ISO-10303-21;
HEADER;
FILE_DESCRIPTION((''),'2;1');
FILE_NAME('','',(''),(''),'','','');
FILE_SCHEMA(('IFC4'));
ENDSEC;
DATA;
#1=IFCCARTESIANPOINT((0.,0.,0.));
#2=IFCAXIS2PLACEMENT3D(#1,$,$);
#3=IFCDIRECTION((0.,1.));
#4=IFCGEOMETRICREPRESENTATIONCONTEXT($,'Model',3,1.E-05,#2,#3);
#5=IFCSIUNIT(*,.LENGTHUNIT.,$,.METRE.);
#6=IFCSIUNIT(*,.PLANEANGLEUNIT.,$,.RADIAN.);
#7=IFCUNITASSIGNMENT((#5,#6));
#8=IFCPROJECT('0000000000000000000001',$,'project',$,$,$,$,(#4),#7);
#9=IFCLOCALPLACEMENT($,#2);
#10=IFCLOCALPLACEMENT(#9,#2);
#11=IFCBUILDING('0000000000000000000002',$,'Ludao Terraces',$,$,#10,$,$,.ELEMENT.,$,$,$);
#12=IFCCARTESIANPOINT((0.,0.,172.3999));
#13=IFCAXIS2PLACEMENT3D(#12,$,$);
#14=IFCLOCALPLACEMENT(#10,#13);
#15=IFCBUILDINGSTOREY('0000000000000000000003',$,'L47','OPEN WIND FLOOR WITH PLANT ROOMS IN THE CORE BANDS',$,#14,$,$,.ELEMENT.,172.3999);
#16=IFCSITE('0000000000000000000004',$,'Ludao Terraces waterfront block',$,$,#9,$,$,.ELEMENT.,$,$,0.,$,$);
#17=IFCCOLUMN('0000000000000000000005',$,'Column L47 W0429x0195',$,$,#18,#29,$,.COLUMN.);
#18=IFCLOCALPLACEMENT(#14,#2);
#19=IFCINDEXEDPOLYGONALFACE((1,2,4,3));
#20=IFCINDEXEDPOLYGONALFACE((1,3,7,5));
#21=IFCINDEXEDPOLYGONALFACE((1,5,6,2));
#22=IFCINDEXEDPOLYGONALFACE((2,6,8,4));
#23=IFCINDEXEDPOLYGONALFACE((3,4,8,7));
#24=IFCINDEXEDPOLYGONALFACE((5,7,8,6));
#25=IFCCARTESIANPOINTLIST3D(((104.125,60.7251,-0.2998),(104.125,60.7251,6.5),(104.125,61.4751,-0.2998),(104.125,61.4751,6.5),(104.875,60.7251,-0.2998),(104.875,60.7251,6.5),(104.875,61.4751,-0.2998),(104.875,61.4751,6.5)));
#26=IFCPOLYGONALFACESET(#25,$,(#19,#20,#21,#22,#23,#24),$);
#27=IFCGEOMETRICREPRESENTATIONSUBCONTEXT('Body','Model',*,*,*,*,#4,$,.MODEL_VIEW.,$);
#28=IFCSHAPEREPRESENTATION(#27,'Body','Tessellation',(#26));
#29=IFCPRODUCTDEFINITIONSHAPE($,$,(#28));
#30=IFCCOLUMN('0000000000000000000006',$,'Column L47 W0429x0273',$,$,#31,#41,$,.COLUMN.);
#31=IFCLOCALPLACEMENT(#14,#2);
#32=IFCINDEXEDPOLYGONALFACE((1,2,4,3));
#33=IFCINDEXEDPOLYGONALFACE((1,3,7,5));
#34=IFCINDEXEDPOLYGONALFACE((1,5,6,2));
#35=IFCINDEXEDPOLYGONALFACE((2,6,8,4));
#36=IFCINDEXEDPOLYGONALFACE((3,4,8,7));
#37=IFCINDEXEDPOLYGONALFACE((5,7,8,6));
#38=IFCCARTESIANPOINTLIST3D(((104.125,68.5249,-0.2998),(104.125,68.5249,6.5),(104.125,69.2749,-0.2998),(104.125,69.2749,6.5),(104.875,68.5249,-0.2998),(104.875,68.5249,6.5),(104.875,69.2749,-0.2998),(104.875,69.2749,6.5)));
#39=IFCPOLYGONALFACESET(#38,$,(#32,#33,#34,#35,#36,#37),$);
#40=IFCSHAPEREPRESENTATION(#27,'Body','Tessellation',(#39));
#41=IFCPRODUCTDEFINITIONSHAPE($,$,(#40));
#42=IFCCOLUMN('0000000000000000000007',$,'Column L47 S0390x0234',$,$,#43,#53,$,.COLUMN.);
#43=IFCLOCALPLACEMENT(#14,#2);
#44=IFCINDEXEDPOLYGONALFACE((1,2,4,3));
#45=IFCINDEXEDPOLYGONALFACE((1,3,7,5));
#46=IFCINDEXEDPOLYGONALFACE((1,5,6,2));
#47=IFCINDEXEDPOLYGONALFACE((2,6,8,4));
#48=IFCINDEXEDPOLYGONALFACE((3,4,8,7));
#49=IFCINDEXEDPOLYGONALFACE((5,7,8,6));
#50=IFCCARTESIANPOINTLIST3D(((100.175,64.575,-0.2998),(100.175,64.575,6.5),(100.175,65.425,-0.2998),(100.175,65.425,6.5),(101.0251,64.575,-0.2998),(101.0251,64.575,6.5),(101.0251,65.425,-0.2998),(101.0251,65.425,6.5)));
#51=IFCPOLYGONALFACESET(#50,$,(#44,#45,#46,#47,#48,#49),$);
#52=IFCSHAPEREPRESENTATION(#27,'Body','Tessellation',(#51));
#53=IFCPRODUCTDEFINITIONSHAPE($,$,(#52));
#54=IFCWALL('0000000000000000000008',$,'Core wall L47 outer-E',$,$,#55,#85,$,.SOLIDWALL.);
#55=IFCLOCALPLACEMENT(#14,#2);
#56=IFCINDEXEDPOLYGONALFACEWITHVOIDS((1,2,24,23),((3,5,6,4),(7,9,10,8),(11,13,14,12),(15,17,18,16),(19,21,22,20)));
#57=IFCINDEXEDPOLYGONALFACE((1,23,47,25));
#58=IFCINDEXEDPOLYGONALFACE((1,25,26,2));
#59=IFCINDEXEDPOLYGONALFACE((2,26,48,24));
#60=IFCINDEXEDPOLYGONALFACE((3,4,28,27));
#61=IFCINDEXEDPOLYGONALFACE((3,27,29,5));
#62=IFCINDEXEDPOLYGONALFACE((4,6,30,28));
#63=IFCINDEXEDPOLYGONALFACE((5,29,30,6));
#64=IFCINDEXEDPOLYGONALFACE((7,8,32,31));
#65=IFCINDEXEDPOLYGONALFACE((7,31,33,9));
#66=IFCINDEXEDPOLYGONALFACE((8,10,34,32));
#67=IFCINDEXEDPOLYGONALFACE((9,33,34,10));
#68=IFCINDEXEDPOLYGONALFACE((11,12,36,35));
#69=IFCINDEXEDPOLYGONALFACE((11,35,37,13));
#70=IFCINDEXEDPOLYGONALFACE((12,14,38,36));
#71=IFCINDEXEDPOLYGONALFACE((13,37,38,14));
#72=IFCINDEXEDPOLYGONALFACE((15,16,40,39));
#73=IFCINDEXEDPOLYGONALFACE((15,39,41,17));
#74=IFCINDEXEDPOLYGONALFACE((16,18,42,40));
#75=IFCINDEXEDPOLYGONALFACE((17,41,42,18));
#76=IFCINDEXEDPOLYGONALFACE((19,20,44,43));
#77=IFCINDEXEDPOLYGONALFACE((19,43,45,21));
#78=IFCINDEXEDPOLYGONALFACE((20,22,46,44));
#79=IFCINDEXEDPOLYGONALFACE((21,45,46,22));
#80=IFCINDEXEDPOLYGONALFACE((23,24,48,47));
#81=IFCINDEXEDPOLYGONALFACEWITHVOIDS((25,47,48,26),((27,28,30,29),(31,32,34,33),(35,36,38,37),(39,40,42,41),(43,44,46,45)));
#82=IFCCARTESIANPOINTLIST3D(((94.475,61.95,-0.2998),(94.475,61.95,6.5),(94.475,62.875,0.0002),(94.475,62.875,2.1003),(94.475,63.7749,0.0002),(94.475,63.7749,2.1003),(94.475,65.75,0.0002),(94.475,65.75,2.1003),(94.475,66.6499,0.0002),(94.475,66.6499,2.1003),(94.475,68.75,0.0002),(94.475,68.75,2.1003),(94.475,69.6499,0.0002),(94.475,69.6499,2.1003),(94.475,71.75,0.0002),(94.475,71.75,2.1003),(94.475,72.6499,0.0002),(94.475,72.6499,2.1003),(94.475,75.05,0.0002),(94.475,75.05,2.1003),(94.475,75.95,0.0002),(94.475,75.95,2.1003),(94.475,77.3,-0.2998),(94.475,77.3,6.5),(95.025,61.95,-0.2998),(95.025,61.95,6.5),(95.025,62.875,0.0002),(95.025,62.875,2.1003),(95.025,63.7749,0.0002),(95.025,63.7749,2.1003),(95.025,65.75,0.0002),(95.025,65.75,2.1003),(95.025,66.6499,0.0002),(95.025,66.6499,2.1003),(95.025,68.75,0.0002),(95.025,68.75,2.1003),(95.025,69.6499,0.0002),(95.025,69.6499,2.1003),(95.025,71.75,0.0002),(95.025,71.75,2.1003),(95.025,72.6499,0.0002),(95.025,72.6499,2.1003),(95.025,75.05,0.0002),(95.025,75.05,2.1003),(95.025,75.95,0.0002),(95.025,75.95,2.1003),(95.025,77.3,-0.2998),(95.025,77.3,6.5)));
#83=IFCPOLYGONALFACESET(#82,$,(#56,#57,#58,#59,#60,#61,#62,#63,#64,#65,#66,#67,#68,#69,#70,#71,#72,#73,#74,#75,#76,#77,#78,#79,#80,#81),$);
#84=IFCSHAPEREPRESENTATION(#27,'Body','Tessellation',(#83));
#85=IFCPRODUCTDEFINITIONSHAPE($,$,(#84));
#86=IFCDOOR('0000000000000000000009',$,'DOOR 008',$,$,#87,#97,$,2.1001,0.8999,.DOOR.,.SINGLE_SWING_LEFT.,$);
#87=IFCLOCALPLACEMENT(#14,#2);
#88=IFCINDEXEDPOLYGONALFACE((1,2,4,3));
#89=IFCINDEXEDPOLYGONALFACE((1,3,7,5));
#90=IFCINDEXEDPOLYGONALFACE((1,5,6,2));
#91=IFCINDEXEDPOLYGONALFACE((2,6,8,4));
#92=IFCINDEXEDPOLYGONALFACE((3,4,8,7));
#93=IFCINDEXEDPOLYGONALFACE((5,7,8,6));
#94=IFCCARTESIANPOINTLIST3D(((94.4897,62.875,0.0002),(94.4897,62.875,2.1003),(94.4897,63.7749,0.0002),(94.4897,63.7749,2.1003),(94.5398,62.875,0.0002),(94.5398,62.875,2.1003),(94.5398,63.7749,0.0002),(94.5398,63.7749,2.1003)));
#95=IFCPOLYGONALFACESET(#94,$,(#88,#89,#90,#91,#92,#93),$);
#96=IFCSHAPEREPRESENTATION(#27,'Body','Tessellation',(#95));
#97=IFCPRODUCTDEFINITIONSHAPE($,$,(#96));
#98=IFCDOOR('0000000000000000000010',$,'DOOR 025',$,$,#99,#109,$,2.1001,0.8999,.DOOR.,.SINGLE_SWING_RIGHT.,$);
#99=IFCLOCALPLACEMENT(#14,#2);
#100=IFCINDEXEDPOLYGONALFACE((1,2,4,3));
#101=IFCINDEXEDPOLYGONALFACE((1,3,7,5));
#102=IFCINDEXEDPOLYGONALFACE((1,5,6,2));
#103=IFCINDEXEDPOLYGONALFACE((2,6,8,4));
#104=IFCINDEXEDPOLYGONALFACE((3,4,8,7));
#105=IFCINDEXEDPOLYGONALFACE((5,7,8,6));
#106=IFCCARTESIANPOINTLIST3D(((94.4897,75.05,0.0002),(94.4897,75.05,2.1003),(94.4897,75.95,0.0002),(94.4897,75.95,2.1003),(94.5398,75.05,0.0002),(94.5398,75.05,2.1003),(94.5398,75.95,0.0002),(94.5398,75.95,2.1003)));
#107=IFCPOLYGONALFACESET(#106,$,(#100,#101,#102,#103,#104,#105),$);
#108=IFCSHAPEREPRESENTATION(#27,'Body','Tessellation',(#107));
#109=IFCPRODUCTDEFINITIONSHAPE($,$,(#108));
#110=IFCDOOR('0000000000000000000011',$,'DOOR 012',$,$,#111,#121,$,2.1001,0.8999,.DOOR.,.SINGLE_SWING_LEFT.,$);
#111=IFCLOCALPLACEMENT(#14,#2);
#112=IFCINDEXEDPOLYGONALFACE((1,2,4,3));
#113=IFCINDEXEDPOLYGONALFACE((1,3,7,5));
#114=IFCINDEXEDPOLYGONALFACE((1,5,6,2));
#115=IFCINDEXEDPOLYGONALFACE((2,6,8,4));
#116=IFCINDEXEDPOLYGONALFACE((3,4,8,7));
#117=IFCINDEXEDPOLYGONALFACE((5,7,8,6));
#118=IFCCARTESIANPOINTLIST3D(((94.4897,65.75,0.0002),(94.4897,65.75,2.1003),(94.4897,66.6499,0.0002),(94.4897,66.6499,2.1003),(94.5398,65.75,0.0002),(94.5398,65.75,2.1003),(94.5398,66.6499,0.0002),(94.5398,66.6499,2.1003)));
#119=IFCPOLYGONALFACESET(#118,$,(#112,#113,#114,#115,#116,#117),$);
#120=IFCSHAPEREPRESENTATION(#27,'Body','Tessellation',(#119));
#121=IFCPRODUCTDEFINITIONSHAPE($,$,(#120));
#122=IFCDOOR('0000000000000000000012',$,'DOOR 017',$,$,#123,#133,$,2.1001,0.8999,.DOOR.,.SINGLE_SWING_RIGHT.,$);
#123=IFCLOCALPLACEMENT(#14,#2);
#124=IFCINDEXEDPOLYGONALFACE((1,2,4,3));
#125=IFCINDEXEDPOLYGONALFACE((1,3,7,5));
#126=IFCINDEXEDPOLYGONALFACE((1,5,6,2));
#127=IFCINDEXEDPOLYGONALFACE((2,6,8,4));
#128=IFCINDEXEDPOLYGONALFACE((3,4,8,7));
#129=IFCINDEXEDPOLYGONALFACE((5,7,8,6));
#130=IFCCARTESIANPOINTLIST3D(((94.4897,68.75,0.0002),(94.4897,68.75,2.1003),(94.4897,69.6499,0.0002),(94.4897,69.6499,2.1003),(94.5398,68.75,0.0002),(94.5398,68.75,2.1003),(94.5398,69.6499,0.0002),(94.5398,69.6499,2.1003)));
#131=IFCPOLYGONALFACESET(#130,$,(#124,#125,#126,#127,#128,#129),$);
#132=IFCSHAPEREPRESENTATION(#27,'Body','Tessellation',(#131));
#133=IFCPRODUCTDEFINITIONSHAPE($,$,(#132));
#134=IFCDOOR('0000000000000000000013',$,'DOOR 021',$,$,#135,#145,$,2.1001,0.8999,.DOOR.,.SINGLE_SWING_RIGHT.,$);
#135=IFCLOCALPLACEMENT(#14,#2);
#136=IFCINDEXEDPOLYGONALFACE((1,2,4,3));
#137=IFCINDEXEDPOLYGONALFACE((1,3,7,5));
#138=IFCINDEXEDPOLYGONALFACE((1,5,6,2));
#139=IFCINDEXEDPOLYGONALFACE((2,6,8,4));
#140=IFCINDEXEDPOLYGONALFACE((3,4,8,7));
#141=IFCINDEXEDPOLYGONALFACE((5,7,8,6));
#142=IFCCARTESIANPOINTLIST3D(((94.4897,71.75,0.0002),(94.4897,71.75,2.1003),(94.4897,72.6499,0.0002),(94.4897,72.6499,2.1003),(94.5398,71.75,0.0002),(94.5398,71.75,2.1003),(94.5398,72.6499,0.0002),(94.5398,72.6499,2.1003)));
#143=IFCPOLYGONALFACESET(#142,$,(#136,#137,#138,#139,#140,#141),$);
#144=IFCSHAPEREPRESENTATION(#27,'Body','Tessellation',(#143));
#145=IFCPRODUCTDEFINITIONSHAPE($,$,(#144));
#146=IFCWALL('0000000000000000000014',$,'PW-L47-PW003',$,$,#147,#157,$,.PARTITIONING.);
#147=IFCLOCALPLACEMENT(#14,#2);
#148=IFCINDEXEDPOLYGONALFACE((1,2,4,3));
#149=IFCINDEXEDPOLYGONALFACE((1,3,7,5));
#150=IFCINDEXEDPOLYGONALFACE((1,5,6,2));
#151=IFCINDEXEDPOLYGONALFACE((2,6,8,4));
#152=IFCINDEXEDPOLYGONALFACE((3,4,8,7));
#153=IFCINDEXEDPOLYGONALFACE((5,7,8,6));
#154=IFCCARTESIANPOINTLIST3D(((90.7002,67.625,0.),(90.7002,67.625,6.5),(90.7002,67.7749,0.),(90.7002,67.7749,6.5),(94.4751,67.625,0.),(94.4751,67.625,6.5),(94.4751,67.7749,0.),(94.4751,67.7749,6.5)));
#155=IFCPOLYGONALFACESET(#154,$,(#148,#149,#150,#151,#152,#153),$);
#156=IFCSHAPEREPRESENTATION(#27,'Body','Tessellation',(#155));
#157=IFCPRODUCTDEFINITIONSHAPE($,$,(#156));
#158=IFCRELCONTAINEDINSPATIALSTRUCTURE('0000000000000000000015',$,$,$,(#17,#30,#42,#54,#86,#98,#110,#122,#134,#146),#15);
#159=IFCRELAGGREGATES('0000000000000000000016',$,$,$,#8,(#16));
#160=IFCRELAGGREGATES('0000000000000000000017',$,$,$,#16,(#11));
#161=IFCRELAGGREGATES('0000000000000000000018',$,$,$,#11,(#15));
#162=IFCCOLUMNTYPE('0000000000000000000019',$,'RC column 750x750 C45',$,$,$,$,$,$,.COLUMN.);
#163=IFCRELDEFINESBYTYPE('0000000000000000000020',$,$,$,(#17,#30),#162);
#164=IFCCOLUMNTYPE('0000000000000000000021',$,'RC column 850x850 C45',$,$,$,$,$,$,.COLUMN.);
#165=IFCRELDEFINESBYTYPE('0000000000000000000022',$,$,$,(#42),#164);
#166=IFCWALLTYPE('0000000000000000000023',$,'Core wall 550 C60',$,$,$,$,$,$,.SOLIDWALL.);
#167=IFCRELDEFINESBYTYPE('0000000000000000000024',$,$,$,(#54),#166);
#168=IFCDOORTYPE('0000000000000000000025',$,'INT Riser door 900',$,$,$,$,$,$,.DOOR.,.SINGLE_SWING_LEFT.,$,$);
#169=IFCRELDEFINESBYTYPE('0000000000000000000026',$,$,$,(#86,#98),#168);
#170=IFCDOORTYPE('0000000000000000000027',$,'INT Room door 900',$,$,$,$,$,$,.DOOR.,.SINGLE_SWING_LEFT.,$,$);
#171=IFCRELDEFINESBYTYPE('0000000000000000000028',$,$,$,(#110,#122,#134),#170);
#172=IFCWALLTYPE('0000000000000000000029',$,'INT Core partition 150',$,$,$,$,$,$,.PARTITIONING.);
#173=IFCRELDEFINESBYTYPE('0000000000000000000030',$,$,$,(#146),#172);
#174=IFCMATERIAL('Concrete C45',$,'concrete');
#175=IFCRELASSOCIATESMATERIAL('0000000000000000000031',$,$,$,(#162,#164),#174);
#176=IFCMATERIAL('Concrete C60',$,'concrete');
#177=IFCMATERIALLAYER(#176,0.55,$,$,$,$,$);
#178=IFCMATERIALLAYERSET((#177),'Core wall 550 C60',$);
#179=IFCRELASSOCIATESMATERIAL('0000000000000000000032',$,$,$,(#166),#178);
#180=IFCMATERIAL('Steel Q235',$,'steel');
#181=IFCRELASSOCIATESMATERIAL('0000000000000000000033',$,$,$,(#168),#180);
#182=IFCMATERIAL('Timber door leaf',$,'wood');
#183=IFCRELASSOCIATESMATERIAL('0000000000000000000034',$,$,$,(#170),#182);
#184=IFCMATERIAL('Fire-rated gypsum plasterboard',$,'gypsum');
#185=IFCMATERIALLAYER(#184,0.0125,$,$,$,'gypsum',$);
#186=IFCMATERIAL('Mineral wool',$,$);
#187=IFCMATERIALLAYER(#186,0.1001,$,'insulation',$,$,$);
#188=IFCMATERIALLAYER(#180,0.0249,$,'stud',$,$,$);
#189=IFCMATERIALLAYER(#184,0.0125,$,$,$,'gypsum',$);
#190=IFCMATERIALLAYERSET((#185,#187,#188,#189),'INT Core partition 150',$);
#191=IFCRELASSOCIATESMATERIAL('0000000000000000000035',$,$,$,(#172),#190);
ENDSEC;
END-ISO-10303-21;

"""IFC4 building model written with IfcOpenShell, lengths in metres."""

from ifc_helpers import new_model, si_unit, direction, frame, frame_2d, origin, origin_2d, place, context, subcontext, project, spatial, rectangle, extrude, material, layer, layer_set, material_profile, profile_set, type_object, element, fill, save


model = new_model("IFC4")

# Units and contexts
model_context = context("Model", 3, precision=1e-05, world=origin(), true_north=direction((0.0, 1.0)))
body_context = subcontext(model_context, "Body", "Model", "MODEL_VIEW")
ifc_project = project(units=[si_unit("LENGTHUNIT", "METRE"), si_unit("PLANEANGLEUNIT", "RADIAN")], contexts=[model_context])

# Site, building, storey
site_placement = place(None, origin())
site = spatial("IfcSite", under=ifc_project, at=site_placement, Name="Ludao Terraces waterfront block", CompositionType="ELEMENT", RefElevation=0.0)
building_placement = place(site_placement, origin())
building = spatial("IfcBuilding", under=site, at=building_placement, Name="Ludao Terraces", CompositionType="ELEMENT")
storey_placement = place(building_placement, frame((0.0, 0.0, 172.3999)))
storey = spatial("IfcBuildingStorey", under=building, at=storey_placement, Name="L47", Description="OPEN WIND FLOOR WITH PLANT ROOMS IN THE CORE BANDS", CompositionType="ELEMENT", Elevation=172.3999)

# Columns
ifc_material_1 = material(Name="Concrete C45", Category="concrete")
ifc_material_profile_1 = material_profile(ifc_material_1, rectangle(XDim=0.75, YDim=0.75, at=origin_2d()), Name="750 X 750")
ifc_profile_set_1 = profile_set([ifc_material_profile_1], Name="Concrete C45")
column_type_1 = type_object("IfcColumnType", Name="RC column 750x750 C45", PredefinedType="COLUMN", material=ifc_profile_set_1)
for number, where, z_axis, x_axis, name in (
    (1, (104.5, 61.1001, -0.2998), (0.0, 0.0, 1.0), (1.0, 0.0, 0.0), "Column L47 W0429x0195"),
    (2, (104.5, 68.8999, -0.2998), (0.0, 0.0, 1.0), (1.0, 0.0, 0.0), "Column L47 W0429x0273"),
):
    element("IfcColumn", number, at=place(storey_placement, frame(where, z_axis=z_axis, x_axis=x_axis)), inside=storey, type_object=column_type_1, Name=name, PredefinedType="COLUMN", context=body_context, shape_type="SweptSolid", body=[
        extrude(rectangle(XDim=0.75, YDim=0.75, at=origin_2d()), origin(), (0.0, 0.0, 1.0), 6.7998),
    ])
ifc_material_profile_2 = material_profile(ifc_material_1, rectangle(XDim=0.8501, YDim=0.8501, at=origin_2d()), Name="850 X 850")
ifc_profile_set_2 = profile_set([ifc_material_profile_2], Name="Concrete C45")
column_type_2 = type_object("IfcColumnType", Name="RC column 850x850 C45", PredefinedType="COLUMN", material=ifc_profile_set_2)
column_placement = place(storey_placement, frame((100.6001, 65.0, -0.2998), z_axis=(0.0, 0.0, 1.0), x_axis=(1.0, 0.0, 0.0)))
element("IfcColumn", 3, at=column_placement, inside=storey, type_object=column_type_2, Name="Column L47 S0390x0234", PredefinedType="COLUMN", context=body_context, shape_type="SweptSolid", body=[
    extrude(rectangle(XDim=0.8501, YDim=0.8501, at=origin_2d()), origin(), (0.0, 0.0, 1.0), 6.7998),
])

# Wall, openings, doors
ifc_material_2 = material(Name="Concrete C60", Category="concrete")
ifc_layer_1 = layer(ifc_material_2, 0.55)
ifc_layer_set_1 = layer_set([ifc_layer_1], Name="Core wall 550 C60")
wall_type_1 = type_object("IfcWallType", Name="Core wall 550 C60", PredefinedType="SOLIDWALL", material=ifc_layer_set_1)
wall_placement = place(storey_placement, frame((94.75, 61.95, -0.2998), z_axis=(0.0, 0.0, 1.0), x_axis=(0.0, 1.0, 0.0)))
wall = element("IfcWall", 4, at=wall_placement, inside=storey, type_object=wall_type_1, Name="Core wall L47 outer-E", PredefinedType="SOLIDWALL", context=body_context, shape_type="SweptSolid", body=[
    extrude(rectangle(XDim=15.3501, YDim=0.55, at=frame_2d((7.675, 0.0))), origin(), (0.0, 0.0, 1.0), 6.7998),
])
opening_1_placement = place(wall_placement, frame((0.925, 0.0, 0.3)))
opening_1 = element("IfcOpeningElement", 5, at=opening_1_placement, cuts=wall, PredefinedType="OPENING", context=body_context, shape_type="SweptSolid", body=[
    extrude(rectangle(XDim=0.8999, YDim=2.1001, at=frame_2d((0.45, 1.05))), frame((0.0, 0.2852, 0.0), z_axis=(0.0, -1.0, 0.0), x_axis=(1.0, 0.0, 0.0)), (0.0, 0.0, 1.0), 0.5701),
])
opening_2_placement = place(wall_placement, frame((3.8, 0.0, 0.3)))
opening_2 = element("IfcOpeningElement", 6, at=opening_2_placement, cuts=wall, PredefinedType="OPENING", context=body_context, shape_type="SweptSolid", body=[
    extrude(rectangle(XDim=0.8999, YDim=2.1001, at=frame_2d((0.45, 1.05))), frame((0.0, 0.2852, 0.0), z_axis=(0.0, -1.0, 0.0), x_axis=(1.0, 0.0, 0.0)), (0.0, 0.0, 1.0), 0.5701),
])
opening_3_placement = place(wall_placement, frame((6.8, 0.0, 0.3)))
opening_3 = element("IfcOpeningElement", 7, at=opening_3_placement, cuts=wall, PredefinedType="OPENING", context=body_context, shape_type="SweptSolid", body=[
    extrude(rectangle(XDim=0.8999, YDim=2.1001, at=frame_2d((0.45, 1.05))), frame((0.0, 0.2852, 0.0), z_axis=(0.0, -1.0, 0.0), x_axis=(1.0, 0.0, 0.0)), (0.0, 0.0, 1.0), 0.5701),
])
opening_4_placement = place(wall_placement, frame((9.8, 0.0, 0.3)))
opening_4 = element("IfcOpeningElement", 8, at=opening_4_placement, cuts=wall, PredefinedType="OPENING", context=body_context, shape_type="SweptSolid", body=[
    extrude(rectangle(XDim=0.8999, YDim=2.1001, at=frame_2d((0.45, 1.05))), frame((0.0, 0.2852, 0.0), z_axis=(0.0, -1.0, 0.0), x_axis=(1.0, 0.0, 0.0)), (0.0, 0.0, 1.0), 0.5701),
])
opening_5_placement = place(wall_placement, frame((13.1001, 0.0, 0.3)))
opening_5 = element("IfcOpeningElement", 9, at=opening_5_placement, cuts=wall, PredefinedType="OPENING", context=body_context, shape_type="SweptSolid", body=[
    extrude(rectangle(XDim=0.8999, YDim=2.1001, at=frame_2d((0.45, 1.05))), frame((0.0, 0.2852, 0.0), z_axis=(0.0, -1.0, 0.0), x_axis=(1.0, 0.0, 0.0)), (0.0, 0.0, 1.0), 0.5701),
])
ifc_material_3 = material(Name="Steel Q235", Category="steel")
door_type_1 = type_object("IfcDoorType", Name="INT Riser door 900", OperationType="SINGLE_SWING_LEFT", PredefinedType="DOOR", material=ifc_material_3)
door_1_placement = place(opening_1_placement, origin())
door_1 = element("IfcDoor", 10, at=door_1_placement, inside=storey, type_object=door_type_1, Name="DOOR 008", OperationType="SINGLE_SWING_LEFT", OverallHeight=2.1001, OverallWidth=0.8999, PredefinedType="DOOR", context=body_context, shape_type="SweptSolid", body=[
    extrude(rectangle(XDim=0.8999, YDim=2.1001, at=frame_2d((0.45, 1.05))), frame((0.0, 0.2603, 0.0), z_axis=(0.0, -1.0, 0.0), x_axis=(1.0, 0.0, 0.0)), (0.0, 0.0, 1.0), 0.05),
])
fill(opening_1, door_1)
door_2_placement = place(opening_5_placement, origin())
door_2 = element("IfcDoor", 11, at=door_2_placement, inside=storey, type_object=door_type_1, Name="DOOR 025", OperationType="SINGLE_SWING_RIGHT", OverallHeight=2.1001, OverallWidth=0.8999, PredefinedType="DOOR", context=body_context, shape_type="SweptSolid", body=[
    extrude(rectangle(XDim=0.8999, YDim=2.1001, at=frame_2d((0.45, 1.05))), frame((0.0, 0.2603, 0.0), z_axis=(0.0, -1.0, 0.0), x_axis=(1.0, 0.0, 0.0)), (0.0, 0.0, 1.0), 0.05),
])
fill(opening_5, door_2)
ifc_material_4 = material(Name="Timber door leaf", Category="wood")
door_type_2 = type_object("IfcDoorType", Name="INT Room door 900", OperationType="SINGLE_SWING_LEFT", PredefinedType="DOOR", material=ifc_material_4)
door_3_placement = place(opening_2_placement, origin())
door_3 = element("IfcDoor", 12, at=door_3_placement, inside=storey, type_object=door_type_2, Name="DOOR 012", OperationType="SINGLE_SWING_LEFT", OverallHeight=2.1001, OverallWidth=0.8999, PredefinedType="DOOR", context=body_context, shape_type="SweptSolid", body=[
    extrude(rectangle(XDim=0.8999, YDim=2.1001, at=frame_2d((0.45, 1.05))), frame((0.0, 0.2603, 0.0), z_axis=(0.0, -1.0, 0.0), x_axis=(1.0, 0.0, 0.0)), (0.0, 0.0, 1.0), 0.05),
])
fill(opening_2, door_3)
door_4_placement = place(opening_3_placement, origin())
door_4 = element("IfcDoor", 13, at=door_4_placement, inside=storey, type_object=door_type_2, Name="DOOR 017", OperationType="SINGLE_SWING_RIGHT", OverallHeight=2.1001, OverallWidth=0.8999, PredefinedType="DOOR", context=body_context, shape_type="SweptSolid", body=[
    extrude(rectangle(XDim=0.8999, YDim=2.1001, at=frame_2d((0.45, 1.05))), frame((0.0, 0.2603, 0.0), z_axis=(0.0, -1.0, 0.0), x_axis=(1.0, 0.0, 0.0)), (0.0, 0.0, 1.0), 0.05),
])
fill(opening_3, door_4)
door_5_placement = place(opening_4_placement, origin())
door_5 = element("IfcDoor", 14, at=door_5_placement, inside=storey, type_object=door_type_2, Name="DOOR 021", OperationType="SINGLE_SWING_RIGHT", OverallHeight=2.1001, OverallWidth=0.8999, PredefinedType="DOOR", context=body_context, shape_type="SweptSolid", body=[
    extrude(rectangle(XDim=0.8999, YDim=2.1001, at=frame_2d((0.45, 1.05))), frame((0.0, 0.2603, 0.0), z_axis=(0.0, -1.0, 0.0), x_axis=(1.0, 0.0, 0.0)), (0.0, 0.0, 1.0), 0.05),
])
fill(opening_4, door_5)

# Wall
ifc_material_5 = material(Name="Fire-rated gypsum plasterboard", Category="gypsum")
ifc_layer_2 = layer(ifc_material_5, 0.0125, Category="gypsum")
ifc_material_6 = material(Name="Mineral wool")
ifc_layer_3 = layer(ifc_material_6, 0.1001, Name="insulation")
ifc_layer_4 = layer(ifc_material_3, 0.0249, Name="stud")
ifc_layer_5 = layer(ifc_material_5, 0.0125, Category="gypsum")
ifc_layer_set_2 = layer_set([ifc_layer_2, ifc_layer_3, ifc_layer_4, ifc_layer_5], Name="INT Core partition 150")
wall_type_2 = type_object("IfcWallType", Name="INT Core partition 150", PredefinedType="PARTITIONING", material=ifc_layer_set_2)
for number, where, z_axis, x_axis, name in (
    (15, (90.7002, 67.7, 0.0), (0.0, 0.0, 1.0), (1.0, 0.0, 0.0), "PW-L47-PW003"),
):
    element("IfcWall", number, at=place(storey_placement, frame(where, z_axis=z_axis, x_axis=x_axis)), inside=storey, type_object=wall_type_2, Name=name, PredefinedType="PARTITIONING", context=body_context, shape_type="SweptSolid", body=[
        extrude(rectangle(XDim=3.7749, YDim=0.1499, at=frame_2d((1.8875, 0.0))), origin(), (0.0, 0.0, 1.0), 6.5),
    ])

save(model, "model.ifc")
